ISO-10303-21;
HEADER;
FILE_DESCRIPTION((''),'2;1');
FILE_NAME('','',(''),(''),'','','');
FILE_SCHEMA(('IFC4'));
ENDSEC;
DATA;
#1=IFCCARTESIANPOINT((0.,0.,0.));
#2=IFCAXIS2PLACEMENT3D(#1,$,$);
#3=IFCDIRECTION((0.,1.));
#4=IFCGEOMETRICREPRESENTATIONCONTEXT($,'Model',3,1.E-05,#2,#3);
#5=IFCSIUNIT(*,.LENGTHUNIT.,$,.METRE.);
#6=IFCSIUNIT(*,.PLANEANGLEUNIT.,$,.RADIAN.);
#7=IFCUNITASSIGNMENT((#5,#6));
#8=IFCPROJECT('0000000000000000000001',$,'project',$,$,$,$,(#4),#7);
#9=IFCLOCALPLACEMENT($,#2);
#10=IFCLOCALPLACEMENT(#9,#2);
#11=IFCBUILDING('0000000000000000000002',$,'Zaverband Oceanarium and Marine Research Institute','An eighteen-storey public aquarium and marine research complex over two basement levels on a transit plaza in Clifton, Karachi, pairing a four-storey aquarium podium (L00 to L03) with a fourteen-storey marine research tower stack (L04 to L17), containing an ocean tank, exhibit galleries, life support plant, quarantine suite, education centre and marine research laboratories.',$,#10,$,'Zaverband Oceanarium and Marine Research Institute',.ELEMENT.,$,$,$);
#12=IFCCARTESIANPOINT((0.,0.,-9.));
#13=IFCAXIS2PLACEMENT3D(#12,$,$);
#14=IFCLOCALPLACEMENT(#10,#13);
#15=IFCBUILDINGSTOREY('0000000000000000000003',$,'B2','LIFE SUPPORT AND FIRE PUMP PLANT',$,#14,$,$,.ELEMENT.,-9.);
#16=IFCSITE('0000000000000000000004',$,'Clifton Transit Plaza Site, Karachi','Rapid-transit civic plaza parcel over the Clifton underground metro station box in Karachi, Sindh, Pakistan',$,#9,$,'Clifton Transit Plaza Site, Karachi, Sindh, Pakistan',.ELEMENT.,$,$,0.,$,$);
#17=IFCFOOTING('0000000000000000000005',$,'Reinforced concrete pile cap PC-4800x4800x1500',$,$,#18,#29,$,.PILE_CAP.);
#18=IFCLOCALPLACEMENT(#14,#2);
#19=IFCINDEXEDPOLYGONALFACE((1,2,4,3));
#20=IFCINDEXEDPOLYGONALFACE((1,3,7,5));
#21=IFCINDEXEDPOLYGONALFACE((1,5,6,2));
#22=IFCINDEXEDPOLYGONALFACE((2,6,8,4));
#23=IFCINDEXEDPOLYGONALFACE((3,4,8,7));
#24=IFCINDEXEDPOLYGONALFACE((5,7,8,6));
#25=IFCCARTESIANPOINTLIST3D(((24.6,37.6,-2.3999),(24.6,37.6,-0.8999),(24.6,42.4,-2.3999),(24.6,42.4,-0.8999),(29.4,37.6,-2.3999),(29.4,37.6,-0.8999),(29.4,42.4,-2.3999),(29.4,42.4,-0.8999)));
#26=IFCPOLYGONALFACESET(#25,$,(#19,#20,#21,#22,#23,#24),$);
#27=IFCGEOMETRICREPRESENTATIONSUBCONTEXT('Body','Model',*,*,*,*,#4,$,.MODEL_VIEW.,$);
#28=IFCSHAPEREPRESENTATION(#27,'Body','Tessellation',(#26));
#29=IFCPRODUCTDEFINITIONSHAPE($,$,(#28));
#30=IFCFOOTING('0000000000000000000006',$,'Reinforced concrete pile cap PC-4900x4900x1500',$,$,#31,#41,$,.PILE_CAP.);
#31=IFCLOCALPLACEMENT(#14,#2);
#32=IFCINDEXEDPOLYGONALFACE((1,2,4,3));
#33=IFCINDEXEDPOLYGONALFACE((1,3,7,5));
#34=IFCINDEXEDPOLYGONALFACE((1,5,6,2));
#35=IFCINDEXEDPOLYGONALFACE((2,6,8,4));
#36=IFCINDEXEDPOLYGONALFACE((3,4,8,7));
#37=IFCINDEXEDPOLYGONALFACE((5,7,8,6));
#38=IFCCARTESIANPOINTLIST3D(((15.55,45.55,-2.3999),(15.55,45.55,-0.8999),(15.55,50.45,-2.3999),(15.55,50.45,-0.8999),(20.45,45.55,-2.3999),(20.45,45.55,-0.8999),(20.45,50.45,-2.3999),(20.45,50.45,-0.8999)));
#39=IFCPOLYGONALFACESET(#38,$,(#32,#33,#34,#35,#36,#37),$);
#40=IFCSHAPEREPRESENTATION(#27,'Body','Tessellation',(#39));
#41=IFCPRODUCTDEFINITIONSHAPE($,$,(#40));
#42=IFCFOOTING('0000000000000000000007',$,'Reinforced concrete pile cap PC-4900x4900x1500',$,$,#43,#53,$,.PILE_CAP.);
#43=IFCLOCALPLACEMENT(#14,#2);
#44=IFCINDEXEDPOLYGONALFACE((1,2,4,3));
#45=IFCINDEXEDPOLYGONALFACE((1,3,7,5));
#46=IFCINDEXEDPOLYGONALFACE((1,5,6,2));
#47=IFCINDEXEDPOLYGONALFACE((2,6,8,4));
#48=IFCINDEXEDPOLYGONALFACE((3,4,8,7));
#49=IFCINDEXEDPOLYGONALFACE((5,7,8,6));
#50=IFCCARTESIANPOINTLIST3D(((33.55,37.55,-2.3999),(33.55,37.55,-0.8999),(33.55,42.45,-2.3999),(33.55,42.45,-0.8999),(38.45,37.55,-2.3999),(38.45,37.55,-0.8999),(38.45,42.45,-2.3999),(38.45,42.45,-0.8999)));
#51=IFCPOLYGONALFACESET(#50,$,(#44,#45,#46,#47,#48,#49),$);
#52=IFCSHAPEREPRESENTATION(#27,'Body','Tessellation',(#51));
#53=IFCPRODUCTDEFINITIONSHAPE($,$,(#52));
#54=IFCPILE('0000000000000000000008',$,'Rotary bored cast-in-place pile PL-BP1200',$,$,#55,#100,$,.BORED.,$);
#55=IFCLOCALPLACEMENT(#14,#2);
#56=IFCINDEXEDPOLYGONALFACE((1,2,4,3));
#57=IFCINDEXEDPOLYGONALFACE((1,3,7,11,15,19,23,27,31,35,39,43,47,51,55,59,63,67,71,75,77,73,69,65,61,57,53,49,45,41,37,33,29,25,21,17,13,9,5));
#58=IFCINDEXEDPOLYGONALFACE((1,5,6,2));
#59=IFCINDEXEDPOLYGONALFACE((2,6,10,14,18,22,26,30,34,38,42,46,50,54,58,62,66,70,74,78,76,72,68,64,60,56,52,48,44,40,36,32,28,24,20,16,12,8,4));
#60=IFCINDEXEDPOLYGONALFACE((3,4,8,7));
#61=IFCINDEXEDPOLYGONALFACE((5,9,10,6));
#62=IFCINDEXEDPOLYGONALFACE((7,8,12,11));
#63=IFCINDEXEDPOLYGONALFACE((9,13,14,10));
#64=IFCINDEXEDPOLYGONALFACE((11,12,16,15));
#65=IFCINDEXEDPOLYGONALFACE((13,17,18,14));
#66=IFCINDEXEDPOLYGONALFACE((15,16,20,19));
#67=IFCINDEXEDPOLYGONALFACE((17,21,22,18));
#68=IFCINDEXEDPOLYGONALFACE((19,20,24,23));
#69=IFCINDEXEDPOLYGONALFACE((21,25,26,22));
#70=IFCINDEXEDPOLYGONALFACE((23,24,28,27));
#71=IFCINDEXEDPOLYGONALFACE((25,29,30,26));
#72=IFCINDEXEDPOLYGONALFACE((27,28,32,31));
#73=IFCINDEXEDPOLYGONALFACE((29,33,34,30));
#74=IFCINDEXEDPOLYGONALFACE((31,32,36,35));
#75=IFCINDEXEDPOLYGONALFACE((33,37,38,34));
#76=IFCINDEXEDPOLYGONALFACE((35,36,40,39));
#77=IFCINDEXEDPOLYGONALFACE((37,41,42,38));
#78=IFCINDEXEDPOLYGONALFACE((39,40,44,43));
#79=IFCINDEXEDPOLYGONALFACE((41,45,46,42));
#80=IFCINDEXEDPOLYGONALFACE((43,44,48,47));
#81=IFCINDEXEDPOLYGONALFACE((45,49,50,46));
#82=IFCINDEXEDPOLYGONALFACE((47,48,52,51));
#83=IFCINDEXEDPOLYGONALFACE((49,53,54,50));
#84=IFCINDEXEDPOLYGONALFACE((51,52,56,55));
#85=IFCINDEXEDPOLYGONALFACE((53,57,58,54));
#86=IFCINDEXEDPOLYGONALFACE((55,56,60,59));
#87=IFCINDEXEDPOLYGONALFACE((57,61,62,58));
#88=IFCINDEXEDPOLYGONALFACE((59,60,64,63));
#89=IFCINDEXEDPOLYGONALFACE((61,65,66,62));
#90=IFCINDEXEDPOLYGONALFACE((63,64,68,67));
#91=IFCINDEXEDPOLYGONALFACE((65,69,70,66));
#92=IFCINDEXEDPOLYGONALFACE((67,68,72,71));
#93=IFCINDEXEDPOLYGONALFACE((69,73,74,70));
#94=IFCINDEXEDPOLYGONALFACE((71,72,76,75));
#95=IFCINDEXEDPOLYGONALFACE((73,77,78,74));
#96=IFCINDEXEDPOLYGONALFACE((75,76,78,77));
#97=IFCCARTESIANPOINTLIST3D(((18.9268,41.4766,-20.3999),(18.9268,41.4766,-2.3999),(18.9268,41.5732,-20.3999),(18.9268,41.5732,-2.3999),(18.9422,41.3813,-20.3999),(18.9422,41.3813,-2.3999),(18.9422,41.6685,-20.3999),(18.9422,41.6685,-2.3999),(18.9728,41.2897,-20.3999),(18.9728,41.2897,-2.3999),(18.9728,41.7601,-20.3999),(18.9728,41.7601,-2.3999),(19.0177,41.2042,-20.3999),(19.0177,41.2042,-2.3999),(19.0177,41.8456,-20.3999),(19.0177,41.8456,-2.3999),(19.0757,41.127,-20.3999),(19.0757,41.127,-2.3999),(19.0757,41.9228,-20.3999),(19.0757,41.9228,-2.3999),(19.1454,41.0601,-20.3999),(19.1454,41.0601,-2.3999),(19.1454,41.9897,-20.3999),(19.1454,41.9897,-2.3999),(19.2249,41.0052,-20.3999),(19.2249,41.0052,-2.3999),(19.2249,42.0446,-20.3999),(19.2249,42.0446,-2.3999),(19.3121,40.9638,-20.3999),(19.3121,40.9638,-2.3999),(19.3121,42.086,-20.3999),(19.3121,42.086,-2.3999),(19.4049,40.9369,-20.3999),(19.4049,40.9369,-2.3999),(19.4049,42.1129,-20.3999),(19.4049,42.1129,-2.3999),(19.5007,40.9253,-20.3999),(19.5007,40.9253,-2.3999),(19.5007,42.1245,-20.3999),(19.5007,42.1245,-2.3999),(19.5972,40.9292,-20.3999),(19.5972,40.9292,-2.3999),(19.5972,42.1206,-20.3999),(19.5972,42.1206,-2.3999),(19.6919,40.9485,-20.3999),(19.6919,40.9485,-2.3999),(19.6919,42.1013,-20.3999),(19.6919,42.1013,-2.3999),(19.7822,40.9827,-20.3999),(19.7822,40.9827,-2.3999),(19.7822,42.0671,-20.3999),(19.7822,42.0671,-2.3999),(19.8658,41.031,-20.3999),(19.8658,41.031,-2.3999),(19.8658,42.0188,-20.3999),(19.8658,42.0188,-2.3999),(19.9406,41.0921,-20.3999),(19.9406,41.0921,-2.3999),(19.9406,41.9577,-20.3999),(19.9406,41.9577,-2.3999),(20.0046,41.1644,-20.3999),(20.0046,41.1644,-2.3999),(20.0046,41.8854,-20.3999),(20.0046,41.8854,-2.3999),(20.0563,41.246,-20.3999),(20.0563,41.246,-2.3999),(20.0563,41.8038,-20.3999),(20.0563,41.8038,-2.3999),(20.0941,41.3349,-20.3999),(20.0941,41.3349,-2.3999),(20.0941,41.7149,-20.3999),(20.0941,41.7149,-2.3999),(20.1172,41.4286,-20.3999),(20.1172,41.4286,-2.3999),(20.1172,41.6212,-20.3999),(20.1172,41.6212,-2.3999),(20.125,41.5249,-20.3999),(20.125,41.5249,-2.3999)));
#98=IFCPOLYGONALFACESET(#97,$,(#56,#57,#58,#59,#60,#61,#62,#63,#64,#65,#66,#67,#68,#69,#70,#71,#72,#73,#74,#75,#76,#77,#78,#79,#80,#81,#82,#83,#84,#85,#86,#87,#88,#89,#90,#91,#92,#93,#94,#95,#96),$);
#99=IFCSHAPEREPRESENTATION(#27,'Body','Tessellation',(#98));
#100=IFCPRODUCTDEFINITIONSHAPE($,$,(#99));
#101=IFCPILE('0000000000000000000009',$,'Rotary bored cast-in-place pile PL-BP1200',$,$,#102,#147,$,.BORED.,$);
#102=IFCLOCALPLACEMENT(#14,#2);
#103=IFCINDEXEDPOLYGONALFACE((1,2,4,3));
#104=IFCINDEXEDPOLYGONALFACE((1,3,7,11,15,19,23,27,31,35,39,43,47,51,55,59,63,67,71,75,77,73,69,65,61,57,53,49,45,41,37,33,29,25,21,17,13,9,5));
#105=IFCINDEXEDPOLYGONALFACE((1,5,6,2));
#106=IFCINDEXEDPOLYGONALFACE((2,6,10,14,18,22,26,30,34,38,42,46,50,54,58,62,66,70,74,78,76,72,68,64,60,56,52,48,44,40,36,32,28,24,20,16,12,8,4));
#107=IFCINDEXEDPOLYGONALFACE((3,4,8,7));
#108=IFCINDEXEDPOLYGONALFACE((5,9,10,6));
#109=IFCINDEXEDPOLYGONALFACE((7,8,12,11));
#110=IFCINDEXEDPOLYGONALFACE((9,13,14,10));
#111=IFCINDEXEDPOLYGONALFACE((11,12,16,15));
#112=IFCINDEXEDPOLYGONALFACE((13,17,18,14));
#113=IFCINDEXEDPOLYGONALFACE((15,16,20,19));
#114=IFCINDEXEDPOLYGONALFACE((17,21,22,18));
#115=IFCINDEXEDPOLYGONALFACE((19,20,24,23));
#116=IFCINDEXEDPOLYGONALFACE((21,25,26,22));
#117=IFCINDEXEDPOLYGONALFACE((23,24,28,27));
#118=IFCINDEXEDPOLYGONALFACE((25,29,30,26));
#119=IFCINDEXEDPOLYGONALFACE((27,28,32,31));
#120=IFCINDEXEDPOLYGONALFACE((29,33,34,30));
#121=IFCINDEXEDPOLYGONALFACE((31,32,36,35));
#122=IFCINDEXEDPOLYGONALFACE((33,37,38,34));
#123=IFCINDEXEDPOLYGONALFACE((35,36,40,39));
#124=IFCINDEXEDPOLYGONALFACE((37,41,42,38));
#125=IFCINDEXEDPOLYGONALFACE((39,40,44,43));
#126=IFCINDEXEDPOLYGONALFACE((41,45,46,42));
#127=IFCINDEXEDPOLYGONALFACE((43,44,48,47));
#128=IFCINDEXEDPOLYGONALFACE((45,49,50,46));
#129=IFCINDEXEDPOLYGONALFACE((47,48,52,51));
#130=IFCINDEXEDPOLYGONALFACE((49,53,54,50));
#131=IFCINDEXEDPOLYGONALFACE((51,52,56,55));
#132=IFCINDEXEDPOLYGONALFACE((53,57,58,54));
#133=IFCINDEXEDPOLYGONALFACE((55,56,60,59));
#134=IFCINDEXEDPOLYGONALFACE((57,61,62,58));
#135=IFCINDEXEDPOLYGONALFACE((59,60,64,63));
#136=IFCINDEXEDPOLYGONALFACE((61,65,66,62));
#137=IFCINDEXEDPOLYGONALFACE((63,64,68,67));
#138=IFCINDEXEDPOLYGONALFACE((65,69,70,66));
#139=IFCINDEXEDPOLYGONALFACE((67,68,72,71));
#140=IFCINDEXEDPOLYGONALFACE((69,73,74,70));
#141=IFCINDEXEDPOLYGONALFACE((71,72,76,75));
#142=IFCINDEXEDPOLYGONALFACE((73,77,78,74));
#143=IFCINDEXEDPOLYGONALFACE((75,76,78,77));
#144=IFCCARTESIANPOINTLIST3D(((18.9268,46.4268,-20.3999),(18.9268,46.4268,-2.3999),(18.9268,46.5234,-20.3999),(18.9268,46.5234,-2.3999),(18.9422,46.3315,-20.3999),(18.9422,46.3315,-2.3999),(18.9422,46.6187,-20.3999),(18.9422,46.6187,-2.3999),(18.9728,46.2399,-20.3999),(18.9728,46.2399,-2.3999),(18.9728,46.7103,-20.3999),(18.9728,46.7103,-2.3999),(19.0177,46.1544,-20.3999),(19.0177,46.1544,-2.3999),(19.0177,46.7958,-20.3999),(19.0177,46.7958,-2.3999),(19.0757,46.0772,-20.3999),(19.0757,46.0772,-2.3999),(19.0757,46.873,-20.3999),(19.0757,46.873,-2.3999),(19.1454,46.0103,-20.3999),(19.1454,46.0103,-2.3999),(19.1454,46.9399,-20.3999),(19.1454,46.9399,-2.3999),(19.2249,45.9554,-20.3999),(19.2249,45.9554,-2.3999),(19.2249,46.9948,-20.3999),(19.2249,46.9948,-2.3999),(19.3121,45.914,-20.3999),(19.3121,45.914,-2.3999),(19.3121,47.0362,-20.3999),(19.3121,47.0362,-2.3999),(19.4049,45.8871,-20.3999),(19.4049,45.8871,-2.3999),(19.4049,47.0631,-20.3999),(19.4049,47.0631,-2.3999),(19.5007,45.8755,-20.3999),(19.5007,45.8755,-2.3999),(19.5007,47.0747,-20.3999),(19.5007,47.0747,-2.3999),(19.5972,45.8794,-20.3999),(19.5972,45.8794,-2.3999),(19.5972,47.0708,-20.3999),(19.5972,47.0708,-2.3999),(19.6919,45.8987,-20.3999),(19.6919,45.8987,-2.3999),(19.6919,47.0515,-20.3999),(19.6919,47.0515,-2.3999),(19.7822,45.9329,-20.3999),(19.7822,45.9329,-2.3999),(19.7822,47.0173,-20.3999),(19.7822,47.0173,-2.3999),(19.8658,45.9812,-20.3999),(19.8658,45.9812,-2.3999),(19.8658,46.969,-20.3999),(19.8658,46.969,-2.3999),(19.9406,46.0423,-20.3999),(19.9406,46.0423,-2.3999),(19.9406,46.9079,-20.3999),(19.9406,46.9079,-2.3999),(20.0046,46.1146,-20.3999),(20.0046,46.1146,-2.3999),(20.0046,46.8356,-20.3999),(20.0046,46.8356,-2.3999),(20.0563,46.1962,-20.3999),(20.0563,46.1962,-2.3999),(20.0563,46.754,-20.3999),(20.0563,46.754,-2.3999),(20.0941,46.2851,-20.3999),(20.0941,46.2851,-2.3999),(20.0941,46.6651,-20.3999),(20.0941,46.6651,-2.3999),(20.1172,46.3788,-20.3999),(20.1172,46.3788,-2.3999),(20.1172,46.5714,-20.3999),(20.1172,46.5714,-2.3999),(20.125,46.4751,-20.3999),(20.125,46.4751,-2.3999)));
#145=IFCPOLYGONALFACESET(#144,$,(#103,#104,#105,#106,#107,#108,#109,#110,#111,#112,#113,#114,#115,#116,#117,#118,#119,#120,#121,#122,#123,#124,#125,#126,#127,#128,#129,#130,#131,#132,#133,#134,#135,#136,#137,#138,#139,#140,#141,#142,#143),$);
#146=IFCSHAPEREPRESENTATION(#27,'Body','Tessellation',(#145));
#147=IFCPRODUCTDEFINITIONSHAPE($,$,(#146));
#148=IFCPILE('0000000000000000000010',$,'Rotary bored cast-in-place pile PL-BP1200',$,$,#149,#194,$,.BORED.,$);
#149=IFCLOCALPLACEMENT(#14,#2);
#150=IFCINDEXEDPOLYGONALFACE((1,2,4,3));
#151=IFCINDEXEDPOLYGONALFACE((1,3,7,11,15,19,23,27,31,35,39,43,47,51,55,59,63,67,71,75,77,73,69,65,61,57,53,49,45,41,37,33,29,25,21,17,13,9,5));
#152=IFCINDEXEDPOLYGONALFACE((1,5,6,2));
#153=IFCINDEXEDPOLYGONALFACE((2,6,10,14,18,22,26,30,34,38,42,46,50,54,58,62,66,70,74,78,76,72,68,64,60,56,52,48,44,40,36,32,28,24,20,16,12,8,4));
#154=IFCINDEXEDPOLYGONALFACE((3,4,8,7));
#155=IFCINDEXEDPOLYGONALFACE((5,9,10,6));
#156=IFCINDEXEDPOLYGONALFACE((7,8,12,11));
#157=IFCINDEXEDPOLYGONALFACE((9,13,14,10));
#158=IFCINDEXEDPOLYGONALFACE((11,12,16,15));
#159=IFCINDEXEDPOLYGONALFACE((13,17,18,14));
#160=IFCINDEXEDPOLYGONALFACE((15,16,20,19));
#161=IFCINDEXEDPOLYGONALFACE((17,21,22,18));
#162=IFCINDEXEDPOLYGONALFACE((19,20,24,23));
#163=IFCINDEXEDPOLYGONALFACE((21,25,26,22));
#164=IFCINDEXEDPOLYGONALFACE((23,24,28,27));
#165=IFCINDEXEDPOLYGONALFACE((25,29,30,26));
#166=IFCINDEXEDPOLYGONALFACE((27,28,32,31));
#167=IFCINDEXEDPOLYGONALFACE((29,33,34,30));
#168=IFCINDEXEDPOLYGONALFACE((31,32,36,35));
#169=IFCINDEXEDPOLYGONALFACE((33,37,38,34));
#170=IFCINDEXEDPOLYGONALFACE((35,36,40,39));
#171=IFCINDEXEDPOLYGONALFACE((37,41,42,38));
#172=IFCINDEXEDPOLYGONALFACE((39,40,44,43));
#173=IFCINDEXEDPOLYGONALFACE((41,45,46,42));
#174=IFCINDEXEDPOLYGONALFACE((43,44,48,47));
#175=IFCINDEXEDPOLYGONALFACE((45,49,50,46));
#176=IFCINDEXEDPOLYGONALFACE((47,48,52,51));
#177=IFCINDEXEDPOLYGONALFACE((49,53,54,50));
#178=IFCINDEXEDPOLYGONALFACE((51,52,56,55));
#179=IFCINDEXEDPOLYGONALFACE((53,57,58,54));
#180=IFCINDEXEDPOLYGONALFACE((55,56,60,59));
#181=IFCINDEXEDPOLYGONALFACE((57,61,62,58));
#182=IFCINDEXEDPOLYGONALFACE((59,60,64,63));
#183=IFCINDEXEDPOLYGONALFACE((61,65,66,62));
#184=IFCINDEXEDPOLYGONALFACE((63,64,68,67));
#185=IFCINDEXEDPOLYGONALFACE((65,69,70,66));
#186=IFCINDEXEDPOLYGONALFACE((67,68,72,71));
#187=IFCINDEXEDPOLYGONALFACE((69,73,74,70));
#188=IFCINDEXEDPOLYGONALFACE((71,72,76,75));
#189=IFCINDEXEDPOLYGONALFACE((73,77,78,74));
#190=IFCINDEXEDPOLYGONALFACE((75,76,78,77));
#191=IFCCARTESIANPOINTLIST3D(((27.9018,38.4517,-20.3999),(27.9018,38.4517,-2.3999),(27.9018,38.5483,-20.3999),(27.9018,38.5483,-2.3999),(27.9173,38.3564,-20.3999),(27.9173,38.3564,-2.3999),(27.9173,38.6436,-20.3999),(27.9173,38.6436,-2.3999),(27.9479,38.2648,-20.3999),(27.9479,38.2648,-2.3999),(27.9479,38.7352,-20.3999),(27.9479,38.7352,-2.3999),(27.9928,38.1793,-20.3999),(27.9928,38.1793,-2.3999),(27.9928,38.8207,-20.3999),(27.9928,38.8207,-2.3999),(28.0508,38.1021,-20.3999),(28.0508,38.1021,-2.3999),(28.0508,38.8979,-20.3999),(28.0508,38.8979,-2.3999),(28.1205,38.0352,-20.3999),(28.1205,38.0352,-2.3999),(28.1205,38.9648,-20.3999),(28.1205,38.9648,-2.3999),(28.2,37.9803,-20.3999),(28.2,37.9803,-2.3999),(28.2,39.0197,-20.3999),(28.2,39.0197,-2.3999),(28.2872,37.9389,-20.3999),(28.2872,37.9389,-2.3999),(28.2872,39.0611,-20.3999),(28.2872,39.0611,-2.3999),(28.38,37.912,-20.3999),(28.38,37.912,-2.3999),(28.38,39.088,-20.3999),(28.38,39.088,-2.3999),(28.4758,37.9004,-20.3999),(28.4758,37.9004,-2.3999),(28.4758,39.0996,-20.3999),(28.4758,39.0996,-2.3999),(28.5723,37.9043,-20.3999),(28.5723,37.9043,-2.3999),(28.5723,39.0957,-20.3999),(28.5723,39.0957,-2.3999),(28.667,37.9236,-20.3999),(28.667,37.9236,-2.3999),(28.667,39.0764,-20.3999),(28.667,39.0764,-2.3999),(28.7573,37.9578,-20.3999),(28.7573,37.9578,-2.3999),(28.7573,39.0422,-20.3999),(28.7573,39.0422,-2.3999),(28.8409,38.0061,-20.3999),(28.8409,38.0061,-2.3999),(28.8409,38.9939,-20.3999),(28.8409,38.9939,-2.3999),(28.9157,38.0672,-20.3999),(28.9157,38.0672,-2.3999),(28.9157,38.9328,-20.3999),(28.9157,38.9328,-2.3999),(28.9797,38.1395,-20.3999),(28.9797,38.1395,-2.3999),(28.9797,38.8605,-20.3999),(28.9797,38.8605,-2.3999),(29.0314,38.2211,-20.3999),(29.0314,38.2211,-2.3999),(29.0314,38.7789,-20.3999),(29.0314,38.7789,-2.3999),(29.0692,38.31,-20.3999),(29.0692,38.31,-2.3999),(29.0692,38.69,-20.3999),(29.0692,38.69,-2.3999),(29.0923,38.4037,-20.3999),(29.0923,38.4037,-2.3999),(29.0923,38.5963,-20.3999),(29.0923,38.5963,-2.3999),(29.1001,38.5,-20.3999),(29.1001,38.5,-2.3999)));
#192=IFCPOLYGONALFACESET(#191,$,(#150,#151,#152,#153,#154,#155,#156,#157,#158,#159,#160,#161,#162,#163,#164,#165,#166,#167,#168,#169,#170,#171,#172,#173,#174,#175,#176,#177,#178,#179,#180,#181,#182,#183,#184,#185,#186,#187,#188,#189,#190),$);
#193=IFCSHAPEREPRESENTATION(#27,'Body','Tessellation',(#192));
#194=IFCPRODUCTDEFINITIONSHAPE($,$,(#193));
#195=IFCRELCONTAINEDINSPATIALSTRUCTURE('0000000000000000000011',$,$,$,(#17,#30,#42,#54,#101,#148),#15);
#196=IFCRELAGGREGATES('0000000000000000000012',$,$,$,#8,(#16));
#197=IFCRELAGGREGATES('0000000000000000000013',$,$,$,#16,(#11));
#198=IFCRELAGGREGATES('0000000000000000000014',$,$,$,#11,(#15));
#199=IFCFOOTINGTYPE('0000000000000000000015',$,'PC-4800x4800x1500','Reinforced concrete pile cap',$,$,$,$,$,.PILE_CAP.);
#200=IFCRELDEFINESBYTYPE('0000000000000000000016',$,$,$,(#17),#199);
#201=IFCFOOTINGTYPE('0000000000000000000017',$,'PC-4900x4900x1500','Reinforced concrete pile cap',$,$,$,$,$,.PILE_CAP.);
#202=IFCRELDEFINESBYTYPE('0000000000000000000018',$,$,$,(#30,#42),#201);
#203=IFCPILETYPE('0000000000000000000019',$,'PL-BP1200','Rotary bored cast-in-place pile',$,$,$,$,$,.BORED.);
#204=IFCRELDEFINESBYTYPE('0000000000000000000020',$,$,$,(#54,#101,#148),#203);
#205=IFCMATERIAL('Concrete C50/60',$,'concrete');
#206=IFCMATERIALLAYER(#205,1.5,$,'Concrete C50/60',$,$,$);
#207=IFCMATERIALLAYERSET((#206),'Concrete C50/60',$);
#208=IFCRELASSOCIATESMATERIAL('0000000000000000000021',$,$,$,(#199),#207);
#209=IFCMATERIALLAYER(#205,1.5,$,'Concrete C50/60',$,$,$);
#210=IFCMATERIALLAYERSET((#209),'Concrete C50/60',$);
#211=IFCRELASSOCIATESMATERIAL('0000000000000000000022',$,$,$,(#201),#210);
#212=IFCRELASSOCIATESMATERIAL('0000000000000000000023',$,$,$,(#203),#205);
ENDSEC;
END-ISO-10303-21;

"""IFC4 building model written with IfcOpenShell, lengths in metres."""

from ifc_helpers import new_model, si_unit, direction, frame, origin, origin_2d, place, context, subcontext, project, spatial, rectangle, circle, extrude, material, layer, layer_set, material_profile, profile_set, type_object, element, save


model = new_model("IFC4")

# Units and contexts
model_context = context("Model", 3, precision=1e-05, world=origin(), true_north=direction((0.0, 1.0)))
body_context = subcontext(model_context, "Body", "Model", "MODEL_VIEW")
ifc_project = project(units=[si_unit("LENGTHUNIT", "METRE"), si_unit("PLANEANGLEUNIT", "RADIAN")], contexts=[model_context])

# Site, building, storey
site_placement = place(None, origin())
site = spatial("IfcSite", under=ifc_project, at=site_placement, Name="Clifton Transit Plaza Site, Karachi", Description="Rapid-transit civic plaza parcel over the Clifton underground metro station box in Karachi, Sindh, Pakistan", LongName="Clifton Transit Plaza Site, Karachi, Sindh, Pakistan", CompositionType="ELEMENT", RefElevation=0.0)
building_placement = place(site_placement, origin())
building = spatial("IfcBuilding", under=site, at=building_placement, Name="Zaverband Oceanarium and Marine Research Institute", Description="An eighteen-storey public aquarium and marine research complex over two basement levels on a transit plaza in Clifton, Karachi, pairing a four-storey aquarium podium (L00 to L03) with a fourteen-storey marine research tower stack (L04 to L17), containing an ocean tank, exhibit galleries, life support plant, quarantine suite, education centre and marine research laboratories.", LongName="Zaverband Oceanarium and Marine Research Institute", CompositionType="ELEMENT")
storey_placement = place(building_placement, frame((0.0, 0.0, -9.0)))
storey = spatial("IfcBuildingStorey", under=building, at=storey_placement, Name="B2", Description="LIFE SUPPORT AND FIRE PUMP PLANT", CompositionType="ELEMENT", Elevation=-9.0)

# Footings
ifc_material_1 = material(Name="Concrete C50/60", Category="concrete")
ifc_layer_1 = layer(ifc_material_1, 1.5, Name="Concrete C50/60")
ifc_layer_set_1 = layer_set([ifc_layer_1], Name="Concrete C50/60")
footing_type_1 = type_object("IfcFootingType", Name="PC-4800x4800x1500", Description="Reinforced concrete pile cap", PredefinedType="PILE_CAP", material=ifc_layer_set_1)
footing_placement = place(storey_placement, frame((27.0, 40.0, -2.3999), z_axis=(0.0, 0.0, 1.0), x_axis=(1.0, 0.0, 0.0)))
element("IfcFooting", 1, at=footing_placement, inside=storey, type_object=footing_type_1, Name="Reinforced concrete pile cap PC-4800x4800x1500", PredefinedType="PILE_CAP", context=body_context, shape_type="SweptSolid", body=[
    extrude(rectangle(XDim=4.8, YDim=4.8, at=origin_2d()), origin(), (0.0, 0.0, 1.0), 1.5),
])
ifc_layer_2 = layer(ifc_material_1, 1.5, Name="Concrete C50/60")
ifc_layer_set_2 = layer_set([ifc_layer_2], Name="Concrete C50/60")
footing_type_2 = type_object("IfcFootingType", Name="PC-4900x4900x1500", Description="Reinforced concrete pile cap", PredefinedType="PILE_CAP", material=ifc_layer_set_2)
for number, where, z_axis, x_axis, name in (
    (2, (18.0, 48.0, -2.3999), (0.0, 0.0, 1.0), (1.0, 0.0, 0.0), "Reinforced concrete pile cap PC-4900x4900x1500"),
    (3, (36.0, 40.0, -2.3999), (0.0, 0.0, 1.0), (1.0, 0.0, 0.0), "Reinforced concrete pile cap PC-4900x4900x1500"),
):
    element("IfcFooting", number, at=place(storey_placement, frame(where, z_axis=z_axis, x_axis=x_axis)), inside=storey, type_object=footing_type_2, Name=name, PredefinedType="PILE_CAP", context=body_context, shape_type="SweptSolid", body=[
        extrude(rectangle(XDim=4.8999, YDim=4.8999, at=origin_2d()), origin(), (0.0, 0.0, 1.0), 1.5),
    ])

# Piles
ifc_material_profile_1 = material_profile(ifc_material_1, circle(Radius=0.6001, at=origin_2d()), Name="BP1200")
ifc_profile_set_1 = profile_set([ifc_material_profile_1], Name="Concrete C50/60")
pile_type = type_object("IfcPileType", Name="PL-BP1200", Description="Rotary bored cast-in-place pile", PredefinedType="BORED", material=ifc_profile_set_1)
for number, where, z_axis, x_axis, name in (
    (4, (19.5249, 41.5249, -2.3999), (0.0, 0.0, -1.0), (1.0, 0.0, 0.0), "Rotary bored cast-in-place pile PL-BP1200"),
    (5, (19.5249, 46.4751, -2.3999), (0.0, 0.0, -1.0), (1.0, 0.0, 0.0), "Rotary bored cast-in-place pile PL-BP1200"),
    (6, (28.5, 38.5, -2.3999), (0.0, 0.0, -1.0), (1.0, 0.0, 0.0), "Rotary bored cast-in-place pile PL-BP1200"),
):
    element("IfcPile", number, at=place(storey_placement, frame(where, z_axis=z_axis, x_axis=x_axis)), inside=storey, type_object=pile_type, Name=name, PredefinedType="BORED", context=body_context, shape_type="SweptSolid", body=[
        extrude(circle(Radius=0.6001, at=origin_2d()), origin(), (0.0, 0.0, 1.0), 18.0),
    ])

save(model, "model.ifc")
